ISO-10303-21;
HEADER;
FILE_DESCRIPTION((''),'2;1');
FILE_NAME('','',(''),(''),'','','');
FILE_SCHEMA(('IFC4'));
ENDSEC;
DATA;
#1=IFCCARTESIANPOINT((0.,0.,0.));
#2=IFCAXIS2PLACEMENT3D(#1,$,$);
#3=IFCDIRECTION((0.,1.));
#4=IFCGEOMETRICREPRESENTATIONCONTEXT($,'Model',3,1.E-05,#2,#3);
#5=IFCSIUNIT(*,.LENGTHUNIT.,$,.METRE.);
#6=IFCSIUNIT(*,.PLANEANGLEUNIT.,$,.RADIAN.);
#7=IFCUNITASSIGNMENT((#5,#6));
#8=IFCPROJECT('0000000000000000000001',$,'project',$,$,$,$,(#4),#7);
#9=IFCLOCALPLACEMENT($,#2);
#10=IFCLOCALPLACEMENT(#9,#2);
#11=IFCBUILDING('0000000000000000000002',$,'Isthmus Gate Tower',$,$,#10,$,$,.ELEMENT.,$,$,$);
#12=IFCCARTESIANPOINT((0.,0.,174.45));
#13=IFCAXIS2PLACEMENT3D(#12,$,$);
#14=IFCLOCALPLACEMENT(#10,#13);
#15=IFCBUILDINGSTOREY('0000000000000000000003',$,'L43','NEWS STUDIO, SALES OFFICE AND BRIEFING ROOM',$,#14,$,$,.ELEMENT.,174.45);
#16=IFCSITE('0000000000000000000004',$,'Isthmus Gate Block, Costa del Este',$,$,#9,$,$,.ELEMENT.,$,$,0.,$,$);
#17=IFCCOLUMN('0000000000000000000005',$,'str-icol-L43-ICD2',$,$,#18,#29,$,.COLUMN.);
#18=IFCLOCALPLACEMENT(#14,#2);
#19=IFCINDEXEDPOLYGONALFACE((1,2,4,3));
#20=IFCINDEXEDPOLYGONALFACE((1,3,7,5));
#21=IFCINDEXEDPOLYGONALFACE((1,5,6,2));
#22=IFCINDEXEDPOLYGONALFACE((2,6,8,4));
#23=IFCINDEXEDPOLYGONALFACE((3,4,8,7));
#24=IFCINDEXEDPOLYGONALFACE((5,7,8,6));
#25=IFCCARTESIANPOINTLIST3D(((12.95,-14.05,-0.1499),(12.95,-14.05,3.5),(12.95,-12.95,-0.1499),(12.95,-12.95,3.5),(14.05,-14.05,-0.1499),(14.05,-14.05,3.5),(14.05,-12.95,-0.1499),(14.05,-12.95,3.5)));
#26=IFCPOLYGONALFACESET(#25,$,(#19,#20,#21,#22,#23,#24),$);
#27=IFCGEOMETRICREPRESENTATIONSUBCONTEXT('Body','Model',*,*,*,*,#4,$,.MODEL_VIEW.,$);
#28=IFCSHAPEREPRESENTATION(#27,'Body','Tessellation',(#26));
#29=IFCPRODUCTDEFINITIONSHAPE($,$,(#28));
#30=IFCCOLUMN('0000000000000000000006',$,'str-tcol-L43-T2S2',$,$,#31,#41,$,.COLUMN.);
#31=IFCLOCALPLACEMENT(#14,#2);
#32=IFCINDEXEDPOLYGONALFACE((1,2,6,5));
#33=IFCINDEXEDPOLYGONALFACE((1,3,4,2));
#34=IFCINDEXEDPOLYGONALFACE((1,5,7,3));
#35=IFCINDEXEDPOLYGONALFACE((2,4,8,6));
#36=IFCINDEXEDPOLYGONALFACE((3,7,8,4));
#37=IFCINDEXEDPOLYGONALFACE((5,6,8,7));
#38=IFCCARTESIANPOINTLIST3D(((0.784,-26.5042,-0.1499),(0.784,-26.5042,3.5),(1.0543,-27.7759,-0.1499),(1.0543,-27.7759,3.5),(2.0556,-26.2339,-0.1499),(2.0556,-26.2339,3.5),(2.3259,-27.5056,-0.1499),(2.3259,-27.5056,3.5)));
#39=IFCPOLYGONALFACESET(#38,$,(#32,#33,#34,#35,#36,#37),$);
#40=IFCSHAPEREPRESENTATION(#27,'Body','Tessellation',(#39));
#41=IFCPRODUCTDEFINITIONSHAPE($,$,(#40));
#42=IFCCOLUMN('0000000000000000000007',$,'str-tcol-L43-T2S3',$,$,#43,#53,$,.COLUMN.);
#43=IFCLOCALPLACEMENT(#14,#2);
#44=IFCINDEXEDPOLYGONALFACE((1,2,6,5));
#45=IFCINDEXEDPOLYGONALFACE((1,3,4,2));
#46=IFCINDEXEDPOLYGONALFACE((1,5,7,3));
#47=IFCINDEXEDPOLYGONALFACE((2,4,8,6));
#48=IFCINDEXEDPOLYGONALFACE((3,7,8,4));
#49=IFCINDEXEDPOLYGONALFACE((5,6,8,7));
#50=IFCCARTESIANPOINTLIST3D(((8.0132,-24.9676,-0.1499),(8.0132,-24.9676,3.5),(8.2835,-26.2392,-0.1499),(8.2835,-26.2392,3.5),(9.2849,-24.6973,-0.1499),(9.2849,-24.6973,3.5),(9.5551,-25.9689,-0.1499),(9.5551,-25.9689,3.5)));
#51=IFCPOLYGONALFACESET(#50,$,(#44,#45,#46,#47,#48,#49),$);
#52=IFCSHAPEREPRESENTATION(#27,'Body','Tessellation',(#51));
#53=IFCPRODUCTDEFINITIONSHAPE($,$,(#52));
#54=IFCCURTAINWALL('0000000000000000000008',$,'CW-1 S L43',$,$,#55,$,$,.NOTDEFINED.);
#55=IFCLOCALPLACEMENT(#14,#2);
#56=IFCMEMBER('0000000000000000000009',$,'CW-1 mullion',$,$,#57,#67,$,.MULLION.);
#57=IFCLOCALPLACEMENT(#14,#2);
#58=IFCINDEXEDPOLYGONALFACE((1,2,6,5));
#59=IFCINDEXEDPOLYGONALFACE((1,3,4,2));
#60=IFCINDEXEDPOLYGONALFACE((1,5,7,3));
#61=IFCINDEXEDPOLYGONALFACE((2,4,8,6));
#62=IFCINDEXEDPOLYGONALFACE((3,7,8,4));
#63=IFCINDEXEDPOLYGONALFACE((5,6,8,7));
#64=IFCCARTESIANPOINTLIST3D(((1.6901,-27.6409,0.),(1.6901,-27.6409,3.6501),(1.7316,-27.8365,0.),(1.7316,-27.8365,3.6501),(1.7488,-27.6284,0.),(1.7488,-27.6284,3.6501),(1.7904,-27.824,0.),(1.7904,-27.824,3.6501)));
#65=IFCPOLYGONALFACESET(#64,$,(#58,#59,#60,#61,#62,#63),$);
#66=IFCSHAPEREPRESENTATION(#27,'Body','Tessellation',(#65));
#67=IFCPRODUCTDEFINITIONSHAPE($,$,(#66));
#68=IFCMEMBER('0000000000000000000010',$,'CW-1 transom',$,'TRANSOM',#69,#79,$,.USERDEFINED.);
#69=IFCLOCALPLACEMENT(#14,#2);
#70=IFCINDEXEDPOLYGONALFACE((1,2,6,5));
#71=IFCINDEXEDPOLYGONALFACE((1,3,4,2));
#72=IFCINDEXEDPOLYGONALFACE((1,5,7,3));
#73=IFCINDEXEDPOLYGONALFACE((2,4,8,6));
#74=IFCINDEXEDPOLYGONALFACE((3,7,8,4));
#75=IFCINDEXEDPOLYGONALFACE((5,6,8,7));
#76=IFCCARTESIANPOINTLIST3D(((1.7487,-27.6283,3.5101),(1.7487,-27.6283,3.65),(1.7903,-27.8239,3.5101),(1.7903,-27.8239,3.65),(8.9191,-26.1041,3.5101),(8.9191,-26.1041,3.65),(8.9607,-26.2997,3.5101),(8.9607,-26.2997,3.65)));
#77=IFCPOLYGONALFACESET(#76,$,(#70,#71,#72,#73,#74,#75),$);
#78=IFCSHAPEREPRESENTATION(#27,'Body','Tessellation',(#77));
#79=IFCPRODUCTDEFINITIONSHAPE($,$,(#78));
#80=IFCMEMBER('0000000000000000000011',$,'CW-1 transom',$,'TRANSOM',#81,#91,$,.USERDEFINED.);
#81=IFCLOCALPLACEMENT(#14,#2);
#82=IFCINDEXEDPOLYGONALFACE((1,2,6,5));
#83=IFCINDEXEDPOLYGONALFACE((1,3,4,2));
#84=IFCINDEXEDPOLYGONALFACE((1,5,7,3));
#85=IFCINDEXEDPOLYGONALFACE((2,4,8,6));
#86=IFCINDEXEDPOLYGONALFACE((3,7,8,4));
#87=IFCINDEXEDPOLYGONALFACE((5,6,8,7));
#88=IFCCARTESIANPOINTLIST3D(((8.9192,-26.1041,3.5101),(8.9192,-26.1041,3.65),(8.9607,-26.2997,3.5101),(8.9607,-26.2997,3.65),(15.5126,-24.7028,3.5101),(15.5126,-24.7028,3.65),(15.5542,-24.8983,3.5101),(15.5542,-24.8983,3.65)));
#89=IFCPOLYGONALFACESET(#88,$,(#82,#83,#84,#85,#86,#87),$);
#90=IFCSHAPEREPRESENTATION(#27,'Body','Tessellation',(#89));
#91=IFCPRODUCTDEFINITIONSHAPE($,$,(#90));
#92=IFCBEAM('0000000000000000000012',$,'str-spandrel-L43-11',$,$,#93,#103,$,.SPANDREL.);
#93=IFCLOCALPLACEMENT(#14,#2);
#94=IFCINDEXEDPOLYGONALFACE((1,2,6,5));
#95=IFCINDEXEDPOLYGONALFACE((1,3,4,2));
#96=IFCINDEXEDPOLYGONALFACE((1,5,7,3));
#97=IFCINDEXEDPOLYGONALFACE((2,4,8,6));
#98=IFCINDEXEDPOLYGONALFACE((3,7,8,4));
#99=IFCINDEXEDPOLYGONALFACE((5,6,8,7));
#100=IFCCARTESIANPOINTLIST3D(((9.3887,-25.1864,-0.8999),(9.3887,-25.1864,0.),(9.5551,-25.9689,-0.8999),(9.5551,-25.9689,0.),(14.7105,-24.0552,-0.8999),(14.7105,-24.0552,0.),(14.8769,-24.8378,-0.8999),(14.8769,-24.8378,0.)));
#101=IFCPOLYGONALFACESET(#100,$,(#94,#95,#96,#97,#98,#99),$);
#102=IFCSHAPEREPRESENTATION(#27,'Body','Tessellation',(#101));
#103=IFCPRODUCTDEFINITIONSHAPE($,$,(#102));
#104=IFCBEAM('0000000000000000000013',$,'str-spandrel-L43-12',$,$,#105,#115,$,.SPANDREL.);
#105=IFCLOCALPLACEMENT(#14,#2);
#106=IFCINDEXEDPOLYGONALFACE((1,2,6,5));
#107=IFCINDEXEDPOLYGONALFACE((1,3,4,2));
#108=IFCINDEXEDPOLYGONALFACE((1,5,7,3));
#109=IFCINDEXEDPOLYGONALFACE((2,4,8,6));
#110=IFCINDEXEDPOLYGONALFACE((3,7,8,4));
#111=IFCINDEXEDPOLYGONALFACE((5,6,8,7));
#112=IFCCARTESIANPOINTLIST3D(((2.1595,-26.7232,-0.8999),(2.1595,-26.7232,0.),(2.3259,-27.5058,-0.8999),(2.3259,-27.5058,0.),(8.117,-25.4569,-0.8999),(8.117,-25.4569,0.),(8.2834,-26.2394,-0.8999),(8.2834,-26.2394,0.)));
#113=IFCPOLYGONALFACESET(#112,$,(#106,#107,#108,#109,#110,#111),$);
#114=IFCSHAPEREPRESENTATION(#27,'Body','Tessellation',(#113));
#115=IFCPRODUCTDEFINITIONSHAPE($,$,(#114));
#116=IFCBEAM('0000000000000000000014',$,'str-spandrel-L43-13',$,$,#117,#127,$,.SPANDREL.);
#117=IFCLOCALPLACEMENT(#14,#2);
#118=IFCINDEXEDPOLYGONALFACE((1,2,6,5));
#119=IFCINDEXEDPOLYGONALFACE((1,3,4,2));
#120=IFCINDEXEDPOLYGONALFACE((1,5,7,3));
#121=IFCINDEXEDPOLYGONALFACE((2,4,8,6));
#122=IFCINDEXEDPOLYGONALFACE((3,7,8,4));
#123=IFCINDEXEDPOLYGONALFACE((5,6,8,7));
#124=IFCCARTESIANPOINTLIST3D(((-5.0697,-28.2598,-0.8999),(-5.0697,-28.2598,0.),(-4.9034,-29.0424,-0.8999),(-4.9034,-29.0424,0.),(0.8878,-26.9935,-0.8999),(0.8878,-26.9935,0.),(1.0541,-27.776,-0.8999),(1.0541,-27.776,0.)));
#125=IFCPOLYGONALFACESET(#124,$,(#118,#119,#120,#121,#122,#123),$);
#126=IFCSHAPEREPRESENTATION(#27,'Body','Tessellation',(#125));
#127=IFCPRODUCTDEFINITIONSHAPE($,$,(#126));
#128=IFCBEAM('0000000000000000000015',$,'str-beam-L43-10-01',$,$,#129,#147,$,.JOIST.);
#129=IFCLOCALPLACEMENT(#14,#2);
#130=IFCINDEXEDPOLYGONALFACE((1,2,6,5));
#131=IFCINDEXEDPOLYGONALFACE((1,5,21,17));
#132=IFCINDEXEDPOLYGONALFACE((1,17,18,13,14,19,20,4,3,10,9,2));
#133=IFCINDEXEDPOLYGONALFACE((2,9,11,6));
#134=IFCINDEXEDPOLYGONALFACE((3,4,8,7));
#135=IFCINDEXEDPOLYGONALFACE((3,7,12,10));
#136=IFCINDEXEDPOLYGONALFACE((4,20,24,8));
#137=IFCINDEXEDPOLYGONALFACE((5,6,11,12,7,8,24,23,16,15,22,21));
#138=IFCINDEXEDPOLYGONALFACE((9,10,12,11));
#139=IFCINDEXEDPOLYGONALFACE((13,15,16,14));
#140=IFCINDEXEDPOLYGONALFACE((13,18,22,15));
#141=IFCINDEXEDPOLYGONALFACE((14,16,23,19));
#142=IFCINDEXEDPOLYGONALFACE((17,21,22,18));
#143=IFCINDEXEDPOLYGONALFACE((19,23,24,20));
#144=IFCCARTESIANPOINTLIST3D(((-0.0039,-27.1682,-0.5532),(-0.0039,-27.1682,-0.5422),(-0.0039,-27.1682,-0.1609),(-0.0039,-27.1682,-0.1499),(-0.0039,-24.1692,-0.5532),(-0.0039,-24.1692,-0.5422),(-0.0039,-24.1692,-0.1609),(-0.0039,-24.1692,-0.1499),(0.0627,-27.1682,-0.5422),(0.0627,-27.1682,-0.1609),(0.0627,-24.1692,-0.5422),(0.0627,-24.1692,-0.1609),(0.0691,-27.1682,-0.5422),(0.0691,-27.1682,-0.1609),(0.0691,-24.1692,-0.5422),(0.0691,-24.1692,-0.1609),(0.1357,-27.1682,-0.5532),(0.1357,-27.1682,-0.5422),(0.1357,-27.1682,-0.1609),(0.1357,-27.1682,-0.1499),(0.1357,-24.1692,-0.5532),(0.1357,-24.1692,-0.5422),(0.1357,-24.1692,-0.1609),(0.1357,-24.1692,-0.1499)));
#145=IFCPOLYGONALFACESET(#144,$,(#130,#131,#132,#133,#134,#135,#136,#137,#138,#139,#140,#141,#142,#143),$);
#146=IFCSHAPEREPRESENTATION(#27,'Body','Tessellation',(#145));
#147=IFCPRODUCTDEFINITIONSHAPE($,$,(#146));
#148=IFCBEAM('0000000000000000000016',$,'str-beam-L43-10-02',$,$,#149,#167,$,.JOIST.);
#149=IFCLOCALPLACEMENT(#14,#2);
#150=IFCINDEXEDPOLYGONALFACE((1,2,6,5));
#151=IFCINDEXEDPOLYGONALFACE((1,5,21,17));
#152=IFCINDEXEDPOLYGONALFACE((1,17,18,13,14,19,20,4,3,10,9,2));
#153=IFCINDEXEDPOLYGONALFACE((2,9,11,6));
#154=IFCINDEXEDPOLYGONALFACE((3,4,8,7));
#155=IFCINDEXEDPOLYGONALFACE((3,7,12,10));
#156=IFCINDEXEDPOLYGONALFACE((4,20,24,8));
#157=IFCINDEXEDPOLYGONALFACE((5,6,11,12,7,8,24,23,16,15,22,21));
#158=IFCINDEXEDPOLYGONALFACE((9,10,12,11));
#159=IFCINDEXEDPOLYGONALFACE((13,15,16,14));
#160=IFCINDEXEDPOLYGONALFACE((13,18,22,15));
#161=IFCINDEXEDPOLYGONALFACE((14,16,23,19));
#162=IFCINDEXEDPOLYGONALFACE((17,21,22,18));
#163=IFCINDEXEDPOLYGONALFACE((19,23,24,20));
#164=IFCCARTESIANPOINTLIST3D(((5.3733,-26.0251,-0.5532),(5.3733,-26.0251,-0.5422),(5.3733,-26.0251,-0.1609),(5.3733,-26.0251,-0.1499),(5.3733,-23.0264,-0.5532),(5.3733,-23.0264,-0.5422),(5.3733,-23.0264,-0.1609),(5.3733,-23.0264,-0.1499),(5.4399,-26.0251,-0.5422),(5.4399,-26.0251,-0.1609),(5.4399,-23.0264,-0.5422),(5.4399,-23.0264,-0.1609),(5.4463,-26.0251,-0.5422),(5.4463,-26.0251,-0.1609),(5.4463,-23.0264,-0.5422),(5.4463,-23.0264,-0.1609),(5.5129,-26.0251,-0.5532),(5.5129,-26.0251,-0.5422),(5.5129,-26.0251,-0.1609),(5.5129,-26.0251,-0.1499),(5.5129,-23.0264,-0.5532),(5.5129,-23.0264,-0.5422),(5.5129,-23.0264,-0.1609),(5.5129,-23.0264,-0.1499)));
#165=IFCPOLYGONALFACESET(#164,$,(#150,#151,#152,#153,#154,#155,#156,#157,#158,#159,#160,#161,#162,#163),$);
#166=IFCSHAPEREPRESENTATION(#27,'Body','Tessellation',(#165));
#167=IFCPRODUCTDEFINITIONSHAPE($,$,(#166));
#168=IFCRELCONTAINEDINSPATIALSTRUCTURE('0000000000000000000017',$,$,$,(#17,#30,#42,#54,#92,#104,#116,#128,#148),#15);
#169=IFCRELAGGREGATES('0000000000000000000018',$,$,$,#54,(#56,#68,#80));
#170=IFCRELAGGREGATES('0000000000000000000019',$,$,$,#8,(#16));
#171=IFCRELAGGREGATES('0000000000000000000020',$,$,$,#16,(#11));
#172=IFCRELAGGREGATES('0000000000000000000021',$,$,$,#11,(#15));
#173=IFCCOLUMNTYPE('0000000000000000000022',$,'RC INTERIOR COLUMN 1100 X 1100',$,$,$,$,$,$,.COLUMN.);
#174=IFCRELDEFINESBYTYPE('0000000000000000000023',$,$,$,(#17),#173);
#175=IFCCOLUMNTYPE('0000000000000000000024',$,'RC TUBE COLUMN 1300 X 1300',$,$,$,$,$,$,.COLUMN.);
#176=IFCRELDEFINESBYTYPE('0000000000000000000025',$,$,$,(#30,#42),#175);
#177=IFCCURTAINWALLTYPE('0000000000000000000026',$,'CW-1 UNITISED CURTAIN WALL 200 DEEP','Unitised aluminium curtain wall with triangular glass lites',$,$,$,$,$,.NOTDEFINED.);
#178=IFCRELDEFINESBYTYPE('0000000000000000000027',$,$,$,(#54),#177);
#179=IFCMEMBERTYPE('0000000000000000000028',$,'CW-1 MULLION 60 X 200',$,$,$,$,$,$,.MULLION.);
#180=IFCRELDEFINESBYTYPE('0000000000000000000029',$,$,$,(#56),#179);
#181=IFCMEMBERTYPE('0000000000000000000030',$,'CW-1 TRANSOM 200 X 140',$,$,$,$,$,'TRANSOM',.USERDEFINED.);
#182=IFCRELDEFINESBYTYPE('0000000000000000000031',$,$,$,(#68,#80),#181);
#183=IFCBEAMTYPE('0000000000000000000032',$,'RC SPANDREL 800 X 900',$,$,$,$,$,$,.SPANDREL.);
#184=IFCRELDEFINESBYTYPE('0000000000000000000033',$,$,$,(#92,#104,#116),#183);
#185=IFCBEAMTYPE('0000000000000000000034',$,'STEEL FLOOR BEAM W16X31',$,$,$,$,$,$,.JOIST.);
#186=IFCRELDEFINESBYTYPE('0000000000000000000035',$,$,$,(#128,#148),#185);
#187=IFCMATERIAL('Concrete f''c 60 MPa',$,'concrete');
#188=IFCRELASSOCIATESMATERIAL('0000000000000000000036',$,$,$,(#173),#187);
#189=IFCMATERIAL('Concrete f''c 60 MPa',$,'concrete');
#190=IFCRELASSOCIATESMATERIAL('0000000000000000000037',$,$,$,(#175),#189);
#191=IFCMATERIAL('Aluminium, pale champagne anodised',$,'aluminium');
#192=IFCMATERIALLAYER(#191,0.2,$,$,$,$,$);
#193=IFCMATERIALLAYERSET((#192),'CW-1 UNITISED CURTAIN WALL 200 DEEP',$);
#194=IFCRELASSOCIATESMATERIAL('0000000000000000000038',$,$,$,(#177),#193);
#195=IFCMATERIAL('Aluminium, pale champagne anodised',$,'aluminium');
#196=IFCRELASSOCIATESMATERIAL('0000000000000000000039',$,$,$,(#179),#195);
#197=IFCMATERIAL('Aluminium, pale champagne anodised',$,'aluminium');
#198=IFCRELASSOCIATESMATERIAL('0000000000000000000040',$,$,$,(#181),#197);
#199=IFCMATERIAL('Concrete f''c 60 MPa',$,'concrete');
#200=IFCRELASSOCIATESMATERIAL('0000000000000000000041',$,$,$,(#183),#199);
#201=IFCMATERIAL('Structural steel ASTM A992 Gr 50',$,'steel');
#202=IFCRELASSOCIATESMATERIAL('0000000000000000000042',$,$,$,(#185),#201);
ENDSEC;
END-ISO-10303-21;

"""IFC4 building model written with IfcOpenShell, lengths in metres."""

from ifc_helpers import new_model, si_unit, direction, frame, origin, origin_2d, place, context, subcontext, project, spatial, rectangle, i_section, extrude, material, layer, layer_set, material_profile, profile_set, type_object, element, aggregate, save


model = new_model("IFC4")

# Units and contexts
model_context = context("Model", 3, precision=1e-05, world=origin(), true_north=direction((0.0, 1.0)))
body_context = subcontext(model_context, "Body", "Model", "MODEL_VIEW")
ifc_project = project(units=[si_unit("LENGTHUNIT", "METRE"), si_unit("PLANEANGLEUNIT", "RADIAN")], contexts=[model_context])

# Site, building, storey
site_placement = place(None, origin())
site = spatial("IfcSite", under=ifc_project, at=site_placement, Name="Isthmus Gate Block, Costa del Este", CompositionType="ELEMENT", RefElevation=0.0)
building_placement = place(site_placement, origin())
building = spatial("IfcBuilding", under=site, at=building_placement, Name="Isthmus Gate Tower", CompositionType="ELEMENT")
storey_placement = place(building_placement, frame((0.0, 0.0, 174.45)))
storey = spatial("IfcBuildingStorey", under=building, at=storey_placement, Name="L43", Description="NEWS STUDIO, SALES OFFICE AND BRIEFING ROOM", CompositionType="ELEMENT", Elevation=174.45)

# Columns
ifc_material_1 = material(Name="Concrete f'c 60 MPa", Category="concrete")
ifc_material_profile_1 = material_profile(ifc_material_1, rectangle(XDim=1.1001, YDim=1.1001, at=origin_2d()), Name="RC 1100X1100")
ifc_profile_set_1 = profile_set([ifc_material_profile_1], Name="Concrete f'c 60 MPa")
column_type_1 = type_object("IfcColumnType", Name="RC INTERIOR COLUMN 1100 X 1100", PredefinedType="COLUMN", material=ifc_profile_set_1)
column_placement = place(storey_placement, frame((13.5, -13.5, -0.1499), z_axis=(0.0, 0.0, 1.0), x_axis=(1.0, 0.0, 0.0)))
element("IfcColumn", 1, at=column_placement, inside=storey, type_object=column_type_1, Name="str-icol-L43-ICD2", PredefinedType="COLUMN", context=body_context, shape_type="SweptSolid", body=[
    extrude(rectangle(XDim=1.1001, YDim=1.1001, at=origin_2d()), origin(), (0.0, 0.0, 1.0), 3.6499),
])
ifc_material_2 = material(Name="Concrete f'c 60 MPa", Category="concrete")
ifc_material_profile_2 = material_profile(ifc_material_2, rectangle(XDim=1.3, YDim=1.3, at=origin_2d()), Name="RC 1300X1300")
ifc_profile_set_2 = profile_set([ifc_material_profile_2], Name="Concrete f'c 60 MPa")
column_type_2 = type_object("IfcColumnType", Name="RC TUBE COLUMN 1300 X 1300", PredefinedType="COLUMN", material=ifc_profile_set_2)
for number, where, z_axis, x_axis, name in (
    (2, (1.5549, -27.0049, -0.1499), (0.0, 0.0, 1.0), (0.978148, 0.207912, 0.0), "str-tcol-L43-T2S2"),
    (3, (8.7842, -25.4683, -0.1499), (0.0, 0.0, 1.0), (0.978148, 0.207912, 0.0), "str-tcol-L43-T2S3"),
):
    element("IfcColumn", number, at=place(storey_placement, frame(where, z_axis=z_axis, x_axis=x_axis)), inside=storey, type_object=column_type_2, Name=name, PredefinedType="COLUMN", context=body_context, shape_type="SweptSolid", body=[
        extrude(rectangle(XDim=1.3, YDim=1.3, at=origin_2d()), origin(), (0.0, 0.0, 1.0), 3.6499),
    ])

# Curtain wall, members
ifc_material_3 = material(Name="Aluminium, pale champagne anodised", Category="aluminium")
ifc_layer_1 = layer(ifc_material_3, 0.2)
ifc_layer_set_1 = layer_set([ifc_layer_1], Name="CW-1 UNITISED CURTAIN WALL 200 DEEP")
curtain_wall_type = type_object("IfcCurtainWallType", Name="CW-1 UNITISED CURTAIN WALL 200 DEEP", Description="Unitised aluminium curtain wall with triangular glass lites", PredefinedType="NOTDEFINED", material=ifc_layer_set_1)
curtain_wall_placement = place(storey_placement, origin())
curtain_wall = element("IfcCurtainWall", 4, at=curtain_wall_placement, inside=storey, type_object=curtain_wall_type, Name="CW-1 S L43", PredefinedType="NOTDEFINED")
ifc_material_4 = material(Name="Aluminium, pale champagne anodised", Category="aluminium")
ifc_material_profile_3 = material_profile(ifc_material_4, rectangle(XDim=0.0601, YDim=0.2, at=origin_2d()), Name="60x200")
ifc_profile_set_3 = profile_set([ifc_material_profile_3], Name="Aluminium, pale champagne anodised")
member_type_1 = type_object("IfcMemberType", Name="CW-1 MULLION 60 X 200", PredefinedType="MULLION", material=ifc_profile_set_3)
member_1_placement = place(storey_placement, frame((1.7402, -27.7324, 0.0), z_axis=(0.0, 0.0, 1.0), x_axis=(0.978148, 0.207912, 0.0)))
member_1 = element("IfcMember", 5, at=member_1_placement, type_object=member_type_1, Name="CW-1 mullion", PredefinedType="MULLION", context=body_context, shape_type="SweptSolid", body=[
    extrude(rectangle(XDim=0.0601, YDim=0.2, at=origin_2d()), origin(), (0.0, 0.0, 1.0), 3.6501),
])
ifc_material_5 = material(Name="Aluminium, pale champagne anodised", Category="aluminium")
ifc_material_profile_4 = material_profile(ifc_material_5, rectangle(XDim=0.2, YDim=0.1399, at=origin_2d()), Name="200x140")
ifc_profile_set_4 = profile_set([ifc_material_profile_4], Name="Aluminium, pale champagne anodised")
member_type_2 = type_object("IfcMemberType", Name="CW-1 TRANSOM 200 X 140", ElementType="TRANSOM", PredefinedType="USERDEFINED", material=ifc_profile_set_4)
member_2_placement = place(storey_placement, frame((1.7695, -27.7261, 3.5801), z_axis=(0.978146, 0.207919, 0.0), x_axis=(-0.207919, 0.978146, 0.0)))
member_2 = element("IfcMember", 6, at=member_2_placement, type_object=member_type_2, Name="CW-1 transom", ObjectType="TRANSOM", PredefinedType="USERDEFINED", context=body_context, shape_type="SweptSolid", body=[
    extrude(rectangle(XDim=0.2, YDim=0.1399, at=origin_2d()), origin(), (0.0, 0.0, 1.0), 7.3306),
])
member_3_placement = place(storey_placement, frame((8.9399, -26.2019, 3.5801), z_axis=(0.978151, 0.207894, 0.0), x_axis=(-0.207894, 0.978151, 0.0)))
member_3 = element("IfcMember", 7, at=member_3_placement, type_object=member_type_2, Name="CW-1 transom", ObjectType="TRANSOM", PredefinedType="USERDEFINED", context=body_context, shape_type="SweptSolid", body=[
    extrude(rectangle(XDim=0.2, YDim=0.1399, at=origin_2d()), origin(), (0.0, 0.0, 1.0), 6.7407),
])

# Beams
ifc_material_6 = material(Name="Concrete f'c 60 MPa", Category="concrete")
ifc_material_profile_5 = material_profile(ifc_material_6, rectangle(XDim=0.8, YDim=0.8999, at=origin_2d()), Name="RC 800X900")
ifc_profile_set_5 = profile_set([ifc_material_profile_5], Name="Concrete f'c 60 MPa")
beam_type_1 = type_object("IfcBeamType", Name="RC SPANDREL 800 X 900", PredefinedType="SPANDREL", material=ifc_profile_set_5)
beam_1_placement = place(storey_placement, frame((14.7937, -24.4465, -0.45), z_axis=(-0.97815, -0.207898, 0.0), x_axis=(0.207898, -0.97815, 0.0)))
element("IfcBeam", 8, at=beam_1_placement, inside=storey, type_object=beam_type_1, Name="str-spandrel-L43-11", PredefinedType="SPANDREL", context=body_context, shape_type="SweptSolid", body=[
    extrude(rectangle(XDim=0.8, YDim=0.8999, at=origin_2d()), origin(), (0.0, 0.0, 1.0), 5.4407),
])
for number, where, z_axis, x_axis, name in (
    (9, (8.2002, -25.8481, -0.45), (-0.978146, -0.207919, 0.0), (0.207919, -0.978146, 0.0), "str-spandrel-L43-12"),
    (10, (0.9709, -27.3848, -0.45), (-0.978146, -0.207919, 0.0), (0.207919, -0.978146, 0.0), "str-spandrel-L43-13"),
):
    element("IfcBeam", number, at=place(storey_placement, frame(where, z_axis=z_axis, x_axis=x_axis)), inside=storey, type_object=beam_type_1, Name=name, PredefinedType="SPANDREL", context=body_context, shape_type="SweptSolid", body=[
        extrude(rectangle(XDim=0.8, YDim=0.8999, at=origin_2d()), origin(), (0.0, 0.0, 1.0), 6.0906),
    ])
ifc_material_7 = material(Name="Structural steel ASTM A992 Gr 50", Category="steel")
ifc_material_profile_6 = material_profile(ifc_material_7, i_section(OverallWidth=0.1396, OverallDepth=0.4033, WebThickness=0.0063, FlangeThickness=0.011, at=origin_2d()), Name="W16X31")
ifc_profile_set_6 = profile_set([ifc_material_profile_6], Name="Structural steel ASTM A992 Gr 50")
beam_type_2 = type_object("IfcBeamType", Name="STEEL FLOOR BEAM W16X31", PredefinedType="JOIST", material=ifc_profile_set_6)
beam_2_placement = place(storey_placement, frame((0.0659, -27.1682, -0.3516), z_axis=(0.0, 1.0, 0.0), x_axis=(-1.0, 0.0, 0.0)))
element("IfcBeam", 11, at=beam_2_placement, inside=storey, type_object=beam_type_2, Name="str-beam-L43-10-01", PredefinedType="JOIST", context=body_context, shape_type="SweptSolid", body=[
    extrude(i_section(OverallWidth=0.1396, OverallDepth=0.4033, WebThickness=0.0063, FlangeThickness=0.011, at=origin_2d()), origin(), (0.0, 0.0, 1.0), 2.999),
])
beam_3_placement = place(storey_placement, frame((5.4431, -26.0251, -0.3516), z_axis=(0.0, 1.0, 0.0), x_axis=(-1.0, 0.0, 0.0)))
element("IfcBeam", 12, at=beam_3_placement, inside=storey, type_object=beam_type_2, Name="str-beam-L43-10-02", PredefinedType="JOIST", context=body_context, shape_type="SweptSolid", body=[
    extrude(i_section(OverallWidth=0.1396, OverallDepth=0.4033, WebThickness=0.0063, FlangeThickness=0.011, at=origin_2d()), origin(), (0.0, 0.0, 1.0), 2.9988),
])

aggregate(curtain_wall, [member_1, member_2, member_3])

save(model, "model.ifc")
